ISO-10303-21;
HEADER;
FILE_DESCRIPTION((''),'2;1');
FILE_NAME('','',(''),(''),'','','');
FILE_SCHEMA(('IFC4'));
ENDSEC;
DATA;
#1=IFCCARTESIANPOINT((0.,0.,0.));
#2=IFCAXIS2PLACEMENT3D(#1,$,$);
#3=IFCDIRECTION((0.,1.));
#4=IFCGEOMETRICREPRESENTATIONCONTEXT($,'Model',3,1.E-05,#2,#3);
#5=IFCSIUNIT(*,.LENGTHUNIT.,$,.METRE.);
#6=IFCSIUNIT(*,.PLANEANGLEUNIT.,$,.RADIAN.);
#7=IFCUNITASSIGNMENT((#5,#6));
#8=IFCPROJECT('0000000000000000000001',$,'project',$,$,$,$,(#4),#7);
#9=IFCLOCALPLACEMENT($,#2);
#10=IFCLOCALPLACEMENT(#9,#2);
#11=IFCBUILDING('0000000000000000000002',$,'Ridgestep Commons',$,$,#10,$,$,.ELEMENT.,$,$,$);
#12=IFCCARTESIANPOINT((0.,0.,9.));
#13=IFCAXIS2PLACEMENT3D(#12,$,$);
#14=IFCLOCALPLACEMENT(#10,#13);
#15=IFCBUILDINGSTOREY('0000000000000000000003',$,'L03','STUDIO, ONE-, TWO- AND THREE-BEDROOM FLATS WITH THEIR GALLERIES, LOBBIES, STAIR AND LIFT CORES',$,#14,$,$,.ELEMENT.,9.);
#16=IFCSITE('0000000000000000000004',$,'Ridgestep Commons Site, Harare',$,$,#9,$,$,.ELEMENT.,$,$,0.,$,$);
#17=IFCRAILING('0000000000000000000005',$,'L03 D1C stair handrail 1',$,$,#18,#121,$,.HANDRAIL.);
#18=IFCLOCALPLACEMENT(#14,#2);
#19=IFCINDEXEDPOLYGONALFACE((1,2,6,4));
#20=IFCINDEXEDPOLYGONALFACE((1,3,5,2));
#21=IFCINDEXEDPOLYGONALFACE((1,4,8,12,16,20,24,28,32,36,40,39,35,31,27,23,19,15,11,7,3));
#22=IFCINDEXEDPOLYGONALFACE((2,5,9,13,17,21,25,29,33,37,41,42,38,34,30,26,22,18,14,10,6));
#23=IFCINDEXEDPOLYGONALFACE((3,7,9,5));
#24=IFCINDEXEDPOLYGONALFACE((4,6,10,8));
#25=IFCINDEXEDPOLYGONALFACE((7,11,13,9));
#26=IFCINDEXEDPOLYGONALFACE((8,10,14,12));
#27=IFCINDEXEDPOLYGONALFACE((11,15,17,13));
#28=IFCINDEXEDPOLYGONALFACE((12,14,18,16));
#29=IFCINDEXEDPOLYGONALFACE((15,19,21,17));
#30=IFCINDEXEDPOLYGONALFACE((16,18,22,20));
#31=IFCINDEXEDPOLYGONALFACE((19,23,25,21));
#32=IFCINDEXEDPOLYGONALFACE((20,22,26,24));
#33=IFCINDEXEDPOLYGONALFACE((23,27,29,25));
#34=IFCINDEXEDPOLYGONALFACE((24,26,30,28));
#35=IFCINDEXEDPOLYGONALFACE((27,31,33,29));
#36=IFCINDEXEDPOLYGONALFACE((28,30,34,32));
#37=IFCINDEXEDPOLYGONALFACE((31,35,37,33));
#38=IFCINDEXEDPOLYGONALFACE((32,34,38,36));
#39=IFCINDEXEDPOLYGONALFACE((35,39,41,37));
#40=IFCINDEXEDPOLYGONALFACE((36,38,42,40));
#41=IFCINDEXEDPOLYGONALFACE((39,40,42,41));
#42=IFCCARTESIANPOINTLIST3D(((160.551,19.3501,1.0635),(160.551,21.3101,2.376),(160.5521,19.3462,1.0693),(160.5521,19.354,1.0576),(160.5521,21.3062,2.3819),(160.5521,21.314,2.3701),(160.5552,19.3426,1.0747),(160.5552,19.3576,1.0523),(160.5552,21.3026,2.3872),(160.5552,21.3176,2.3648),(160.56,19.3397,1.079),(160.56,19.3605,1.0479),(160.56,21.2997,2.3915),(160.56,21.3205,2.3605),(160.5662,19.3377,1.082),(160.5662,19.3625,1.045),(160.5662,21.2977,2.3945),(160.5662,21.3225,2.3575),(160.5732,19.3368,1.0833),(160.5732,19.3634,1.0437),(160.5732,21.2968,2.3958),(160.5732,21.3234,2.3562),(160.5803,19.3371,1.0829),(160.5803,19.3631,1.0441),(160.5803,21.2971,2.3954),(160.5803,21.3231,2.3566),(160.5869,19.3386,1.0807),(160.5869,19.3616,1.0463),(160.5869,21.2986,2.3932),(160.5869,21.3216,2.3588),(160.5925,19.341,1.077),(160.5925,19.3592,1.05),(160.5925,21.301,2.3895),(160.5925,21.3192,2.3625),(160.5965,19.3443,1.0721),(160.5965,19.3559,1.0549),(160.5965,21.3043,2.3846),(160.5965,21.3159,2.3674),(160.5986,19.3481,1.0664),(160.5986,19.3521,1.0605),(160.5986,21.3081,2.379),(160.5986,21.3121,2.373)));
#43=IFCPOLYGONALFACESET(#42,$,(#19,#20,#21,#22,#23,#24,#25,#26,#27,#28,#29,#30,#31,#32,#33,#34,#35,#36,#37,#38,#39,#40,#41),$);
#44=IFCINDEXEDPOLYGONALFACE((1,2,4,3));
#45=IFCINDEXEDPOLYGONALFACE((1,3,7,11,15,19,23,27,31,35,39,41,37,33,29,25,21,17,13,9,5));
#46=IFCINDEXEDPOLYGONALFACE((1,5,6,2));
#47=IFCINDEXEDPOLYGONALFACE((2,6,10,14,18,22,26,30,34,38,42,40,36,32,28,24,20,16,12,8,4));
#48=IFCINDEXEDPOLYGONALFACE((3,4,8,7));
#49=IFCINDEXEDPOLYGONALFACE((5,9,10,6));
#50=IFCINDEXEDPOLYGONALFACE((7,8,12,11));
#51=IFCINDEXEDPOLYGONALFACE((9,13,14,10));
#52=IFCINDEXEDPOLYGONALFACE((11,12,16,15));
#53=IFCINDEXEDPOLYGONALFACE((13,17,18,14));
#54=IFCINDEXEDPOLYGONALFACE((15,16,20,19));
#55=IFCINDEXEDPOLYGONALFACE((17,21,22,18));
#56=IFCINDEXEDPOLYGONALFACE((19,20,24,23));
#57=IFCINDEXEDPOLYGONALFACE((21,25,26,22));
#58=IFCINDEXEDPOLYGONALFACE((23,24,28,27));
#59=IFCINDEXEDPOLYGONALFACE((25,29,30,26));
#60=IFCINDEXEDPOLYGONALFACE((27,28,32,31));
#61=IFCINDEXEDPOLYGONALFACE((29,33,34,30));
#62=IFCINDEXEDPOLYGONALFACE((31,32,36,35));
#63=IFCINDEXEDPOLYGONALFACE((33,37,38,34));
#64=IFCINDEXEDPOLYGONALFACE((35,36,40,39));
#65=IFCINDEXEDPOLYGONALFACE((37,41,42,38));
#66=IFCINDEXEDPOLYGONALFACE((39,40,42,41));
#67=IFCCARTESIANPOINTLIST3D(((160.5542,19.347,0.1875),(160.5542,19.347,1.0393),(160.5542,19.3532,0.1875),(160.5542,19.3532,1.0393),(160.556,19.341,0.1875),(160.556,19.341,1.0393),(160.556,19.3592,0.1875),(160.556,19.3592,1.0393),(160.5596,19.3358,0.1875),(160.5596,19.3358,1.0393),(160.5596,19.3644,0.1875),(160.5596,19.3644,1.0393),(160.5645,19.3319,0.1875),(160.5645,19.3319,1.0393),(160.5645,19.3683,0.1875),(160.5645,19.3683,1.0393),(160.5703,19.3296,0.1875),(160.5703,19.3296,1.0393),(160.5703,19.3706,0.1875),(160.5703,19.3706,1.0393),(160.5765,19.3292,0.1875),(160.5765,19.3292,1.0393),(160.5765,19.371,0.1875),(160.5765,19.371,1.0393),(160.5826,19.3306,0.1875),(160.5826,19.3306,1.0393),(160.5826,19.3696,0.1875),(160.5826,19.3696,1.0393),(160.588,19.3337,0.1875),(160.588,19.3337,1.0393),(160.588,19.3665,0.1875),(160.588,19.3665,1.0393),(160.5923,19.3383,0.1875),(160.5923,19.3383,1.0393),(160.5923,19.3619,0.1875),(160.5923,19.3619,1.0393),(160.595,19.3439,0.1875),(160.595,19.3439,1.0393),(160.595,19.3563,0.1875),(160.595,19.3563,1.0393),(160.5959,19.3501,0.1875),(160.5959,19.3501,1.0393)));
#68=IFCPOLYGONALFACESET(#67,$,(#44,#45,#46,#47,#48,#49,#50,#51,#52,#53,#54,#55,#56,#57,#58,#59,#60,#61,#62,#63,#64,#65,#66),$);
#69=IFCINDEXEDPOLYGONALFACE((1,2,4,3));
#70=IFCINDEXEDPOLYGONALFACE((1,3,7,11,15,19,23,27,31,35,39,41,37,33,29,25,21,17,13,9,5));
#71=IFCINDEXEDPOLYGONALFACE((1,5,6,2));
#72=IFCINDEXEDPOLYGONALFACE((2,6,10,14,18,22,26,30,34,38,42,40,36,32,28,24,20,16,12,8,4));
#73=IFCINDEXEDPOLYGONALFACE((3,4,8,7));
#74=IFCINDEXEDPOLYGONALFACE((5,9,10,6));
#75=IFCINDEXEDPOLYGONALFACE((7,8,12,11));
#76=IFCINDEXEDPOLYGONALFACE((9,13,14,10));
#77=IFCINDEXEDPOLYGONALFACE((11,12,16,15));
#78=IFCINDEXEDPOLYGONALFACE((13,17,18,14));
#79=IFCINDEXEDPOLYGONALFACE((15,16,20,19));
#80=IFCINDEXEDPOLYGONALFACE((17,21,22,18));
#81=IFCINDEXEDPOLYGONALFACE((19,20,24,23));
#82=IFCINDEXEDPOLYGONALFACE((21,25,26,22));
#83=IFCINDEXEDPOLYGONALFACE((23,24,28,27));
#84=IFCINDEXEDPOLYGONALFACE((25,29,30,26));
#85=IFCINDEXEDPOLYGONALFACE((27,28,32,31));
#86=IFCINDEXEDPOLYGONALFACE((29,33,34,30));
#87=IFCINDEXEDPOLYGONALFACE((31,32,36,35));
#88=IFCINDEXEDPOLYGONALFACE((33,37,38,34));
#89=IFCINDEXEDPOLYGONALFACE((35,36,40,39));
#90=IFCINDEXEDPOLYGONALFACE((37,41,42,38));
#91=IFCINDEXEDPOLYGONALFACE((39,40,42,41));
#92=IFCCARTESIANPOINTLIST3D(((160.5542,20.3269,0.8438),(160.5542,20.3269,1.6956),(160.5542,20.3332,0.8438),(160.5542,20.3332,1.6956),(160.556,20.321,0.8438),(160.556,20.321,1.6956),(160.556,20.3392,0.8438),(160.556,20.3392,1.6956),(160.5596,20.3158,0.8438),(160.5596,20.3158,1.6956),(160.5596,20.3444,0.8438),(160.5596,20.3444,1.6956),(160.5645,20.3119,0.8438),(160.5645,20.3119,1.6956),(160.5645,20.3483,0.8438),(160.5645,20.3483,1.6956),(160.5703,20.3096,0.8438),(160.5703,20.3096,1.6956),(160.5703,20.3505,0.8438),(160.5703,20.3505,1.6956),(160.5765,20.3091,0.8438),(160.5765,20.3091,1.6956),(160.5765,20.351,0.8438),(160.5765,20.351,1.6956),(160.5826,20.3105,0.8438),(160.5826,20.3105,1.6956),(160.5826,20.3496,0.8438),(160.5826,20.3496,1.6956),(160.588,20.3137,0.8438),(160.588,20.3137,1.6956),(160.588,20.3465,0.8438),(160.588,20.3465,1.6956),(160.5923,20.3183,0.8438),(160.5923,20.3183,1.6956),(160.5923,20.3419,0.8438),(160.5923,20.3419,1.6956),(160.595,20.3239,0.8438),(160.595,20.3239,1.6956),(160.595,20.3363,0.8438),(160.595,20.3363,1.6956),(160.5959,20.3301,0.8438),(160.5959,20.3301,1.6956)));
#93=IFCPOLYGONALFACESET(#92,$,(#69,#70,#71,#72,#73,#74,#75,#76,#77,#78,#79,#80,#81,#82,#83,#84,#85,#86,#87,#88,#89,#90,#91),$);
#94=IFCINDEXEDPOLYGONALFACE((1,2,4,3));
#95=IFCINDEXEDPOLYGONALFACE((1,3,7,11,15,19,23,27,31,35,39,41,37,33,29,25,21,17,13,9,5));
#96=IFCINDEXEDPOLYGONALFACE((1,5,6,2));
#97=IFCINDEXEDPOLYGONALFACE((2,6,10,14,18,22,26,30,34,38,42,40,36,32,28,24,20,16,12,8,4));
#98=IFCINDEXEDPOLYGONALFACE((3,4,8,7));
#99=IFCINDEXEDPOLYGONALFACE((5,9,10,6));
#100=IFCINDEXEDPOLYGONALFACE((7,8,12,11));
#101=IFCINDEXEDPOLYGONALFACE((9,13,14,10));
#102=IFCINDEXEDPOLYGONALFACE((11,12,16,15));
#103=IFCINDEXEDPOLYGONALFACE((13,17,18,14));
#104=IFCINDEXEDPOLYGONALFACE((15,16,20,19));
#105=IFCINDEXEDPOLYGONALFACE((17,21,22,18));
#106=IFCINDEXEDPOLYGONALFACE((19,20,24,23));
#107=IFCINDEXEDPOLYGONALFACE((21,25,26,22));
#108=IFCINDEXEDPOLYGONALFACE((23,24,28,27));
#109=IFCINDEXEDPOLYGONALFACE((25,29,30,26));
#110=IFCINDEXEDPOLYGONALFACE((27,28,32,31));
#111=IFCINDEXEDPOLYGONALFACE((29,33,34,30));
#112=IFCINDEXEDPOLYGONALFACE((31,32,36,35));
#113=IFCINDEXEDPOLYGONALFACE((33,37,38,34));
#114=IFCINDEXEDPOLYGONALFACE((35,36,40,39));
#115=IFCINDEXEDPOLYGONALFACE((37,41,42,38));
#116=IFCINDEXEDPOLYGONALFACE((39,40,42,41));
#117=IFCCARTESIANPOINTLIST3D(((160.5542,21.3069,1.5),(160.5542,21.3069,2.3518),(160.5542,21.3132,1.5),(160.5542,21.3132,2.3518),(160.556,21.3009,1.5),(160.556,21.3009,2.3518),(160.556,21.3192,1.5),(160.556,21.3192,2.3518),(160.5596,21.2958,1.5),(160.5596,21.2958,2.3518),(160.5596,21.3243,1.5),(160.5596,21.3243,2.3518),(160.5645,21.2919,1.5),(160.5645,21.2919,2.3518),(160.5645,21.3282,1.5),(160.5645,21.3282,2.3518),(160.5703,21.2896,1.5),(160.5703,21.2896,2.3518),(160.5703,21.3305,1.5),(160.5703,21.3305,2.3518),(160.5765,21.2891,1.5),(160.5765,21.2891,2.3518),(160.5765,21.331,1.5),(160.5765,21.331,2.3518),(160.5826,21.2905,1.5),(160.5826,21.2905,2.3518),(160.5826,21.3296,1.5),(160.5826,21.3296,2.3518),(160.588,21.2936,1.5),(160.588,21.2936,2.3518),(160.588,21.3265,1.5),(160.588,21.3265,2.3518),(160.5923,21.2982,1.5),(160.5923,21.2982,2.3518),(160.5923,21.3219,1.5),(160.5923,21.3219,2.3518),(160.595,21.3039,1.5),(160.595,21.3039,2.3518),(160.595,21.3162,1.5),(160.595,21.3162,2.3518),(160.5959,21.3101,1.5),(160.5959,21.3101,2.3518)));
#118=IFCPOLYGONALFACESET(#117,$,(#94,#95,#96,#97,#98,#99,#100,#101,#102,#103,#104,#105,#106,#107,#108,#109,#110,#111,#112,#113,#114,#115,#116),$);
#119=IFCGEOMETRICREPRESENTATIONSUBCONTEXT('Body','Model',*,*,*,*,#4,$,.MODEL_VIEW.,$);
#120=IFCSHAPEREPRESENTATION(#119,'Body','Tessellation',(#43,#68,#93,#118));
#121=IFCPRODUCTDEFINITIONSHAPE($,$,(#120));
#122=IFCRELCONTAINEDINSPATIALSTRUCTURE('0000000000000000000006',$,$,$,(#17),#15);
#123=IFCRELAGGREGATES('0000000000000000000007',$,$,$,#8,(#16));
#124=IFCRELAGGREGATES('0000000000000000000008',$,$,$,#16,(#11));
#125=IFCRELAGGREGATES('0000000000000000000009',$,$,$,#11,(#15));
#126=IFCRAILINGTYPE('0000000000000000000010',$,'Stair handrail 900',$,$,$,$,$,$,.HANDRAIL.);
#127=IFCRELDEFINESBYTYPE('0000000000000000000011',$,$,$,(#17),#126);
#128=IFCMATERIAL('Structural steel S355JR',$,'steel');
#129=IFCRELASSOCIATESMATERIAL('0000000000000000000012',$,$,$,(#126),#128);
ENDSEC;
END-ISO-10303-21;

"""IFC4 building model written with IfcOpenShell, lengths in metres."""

from ifc_helpers import new_model, si_unit, direction, frame, origin, origin_2d, place, context, subcontext, project, spatial, circle, extrude, material, type_object, element, save


model = new_model("IFC4")

# Units and contexts
model_context = context("Model", 3, precision=1e-05, world=origin(), true_north=direction((0.0, 1.0)))
body_context = subcontext(model_context, "Body", "Model", "MODEL_VIEW")
ifc_project = project(units=[si_unit("LENGTHUNIT", "METRE"), si_unit("PLANEANGLEUNIT", "RADIAN")], contexts=[model_context])

# Site, building, storey
site_placement = place(None, origin())
site = spatial("IfcSite", under=ifc_project, at=site_placement, Name="Ridgestep Commons Site, Harare", CompositionType="ELEMENT", RefElevation=0.0)
building_placement = place(site_placement, origin())
building = spatial("IfcBuilding", under=site, at=building_placement, Name="Ridgestep Commons", CompositionType="ELEMENT")
storey_placement = place(building_placement, frame((0.0, 0.0, 9.0)))
storey = spatial("IfcBuildingStorey", under=building, at=storey_placement, Name="L03", Description="STUDIO, ONE-, TWO- AND THREE-BEDROOM FLATS WITH THEIR GALLERIES, LOBBIES, STAIR AND LIFT CORES", CompositionType="ELEMENT", Elevation=9.0)

# Railing
ifc_material_1 = material(Name="Structural steel S355JR", Category="steel")
railing_type_1 = type_object("IfcRailingType", Name="Stair handrail 900", PredefinedType="HANDRAIL", material=ifc_material_1)
railing_1_placement = place(storey_placement, frame((160.575, 19.3501, 0.1875)))
element("IfcRailing", 1, at=railing_1_placement, inside=storey, type_object=railing_type_1, Name="L03 D1C stair handrail 1", PredefinedType="HANDRAIL", context=body_context, shape_type="SweptSolid", body=[
    extrude(circle(Radius=0.0239, at=origin_2d()), frame((0.0, 0.0, 0.876), z_axis=(0.0, 0.830902, 0.556419), x_axis=(-1.0, 0.0, 0.0)), (0.0, 0.0, 1.0), 2.3589),
    extrude(circle(Radius=0.021, at=origin_2d()), origin(), (0.0, 0.0, 1.0), 0.8518),
    extrude(circle(Radius=0.021, at=origin_2d()), frame((0.0, 0.98, 0.6562)), (0.0, 0.0, 1.0), 0.8518),
    extrude(circle(Radius=0.021, at=origin_2d()), frame((0.0, 1.96, 1.3125)), (0.0, 0.0, 1.0), 0.8518),
])

save(model, "model.ifc")
